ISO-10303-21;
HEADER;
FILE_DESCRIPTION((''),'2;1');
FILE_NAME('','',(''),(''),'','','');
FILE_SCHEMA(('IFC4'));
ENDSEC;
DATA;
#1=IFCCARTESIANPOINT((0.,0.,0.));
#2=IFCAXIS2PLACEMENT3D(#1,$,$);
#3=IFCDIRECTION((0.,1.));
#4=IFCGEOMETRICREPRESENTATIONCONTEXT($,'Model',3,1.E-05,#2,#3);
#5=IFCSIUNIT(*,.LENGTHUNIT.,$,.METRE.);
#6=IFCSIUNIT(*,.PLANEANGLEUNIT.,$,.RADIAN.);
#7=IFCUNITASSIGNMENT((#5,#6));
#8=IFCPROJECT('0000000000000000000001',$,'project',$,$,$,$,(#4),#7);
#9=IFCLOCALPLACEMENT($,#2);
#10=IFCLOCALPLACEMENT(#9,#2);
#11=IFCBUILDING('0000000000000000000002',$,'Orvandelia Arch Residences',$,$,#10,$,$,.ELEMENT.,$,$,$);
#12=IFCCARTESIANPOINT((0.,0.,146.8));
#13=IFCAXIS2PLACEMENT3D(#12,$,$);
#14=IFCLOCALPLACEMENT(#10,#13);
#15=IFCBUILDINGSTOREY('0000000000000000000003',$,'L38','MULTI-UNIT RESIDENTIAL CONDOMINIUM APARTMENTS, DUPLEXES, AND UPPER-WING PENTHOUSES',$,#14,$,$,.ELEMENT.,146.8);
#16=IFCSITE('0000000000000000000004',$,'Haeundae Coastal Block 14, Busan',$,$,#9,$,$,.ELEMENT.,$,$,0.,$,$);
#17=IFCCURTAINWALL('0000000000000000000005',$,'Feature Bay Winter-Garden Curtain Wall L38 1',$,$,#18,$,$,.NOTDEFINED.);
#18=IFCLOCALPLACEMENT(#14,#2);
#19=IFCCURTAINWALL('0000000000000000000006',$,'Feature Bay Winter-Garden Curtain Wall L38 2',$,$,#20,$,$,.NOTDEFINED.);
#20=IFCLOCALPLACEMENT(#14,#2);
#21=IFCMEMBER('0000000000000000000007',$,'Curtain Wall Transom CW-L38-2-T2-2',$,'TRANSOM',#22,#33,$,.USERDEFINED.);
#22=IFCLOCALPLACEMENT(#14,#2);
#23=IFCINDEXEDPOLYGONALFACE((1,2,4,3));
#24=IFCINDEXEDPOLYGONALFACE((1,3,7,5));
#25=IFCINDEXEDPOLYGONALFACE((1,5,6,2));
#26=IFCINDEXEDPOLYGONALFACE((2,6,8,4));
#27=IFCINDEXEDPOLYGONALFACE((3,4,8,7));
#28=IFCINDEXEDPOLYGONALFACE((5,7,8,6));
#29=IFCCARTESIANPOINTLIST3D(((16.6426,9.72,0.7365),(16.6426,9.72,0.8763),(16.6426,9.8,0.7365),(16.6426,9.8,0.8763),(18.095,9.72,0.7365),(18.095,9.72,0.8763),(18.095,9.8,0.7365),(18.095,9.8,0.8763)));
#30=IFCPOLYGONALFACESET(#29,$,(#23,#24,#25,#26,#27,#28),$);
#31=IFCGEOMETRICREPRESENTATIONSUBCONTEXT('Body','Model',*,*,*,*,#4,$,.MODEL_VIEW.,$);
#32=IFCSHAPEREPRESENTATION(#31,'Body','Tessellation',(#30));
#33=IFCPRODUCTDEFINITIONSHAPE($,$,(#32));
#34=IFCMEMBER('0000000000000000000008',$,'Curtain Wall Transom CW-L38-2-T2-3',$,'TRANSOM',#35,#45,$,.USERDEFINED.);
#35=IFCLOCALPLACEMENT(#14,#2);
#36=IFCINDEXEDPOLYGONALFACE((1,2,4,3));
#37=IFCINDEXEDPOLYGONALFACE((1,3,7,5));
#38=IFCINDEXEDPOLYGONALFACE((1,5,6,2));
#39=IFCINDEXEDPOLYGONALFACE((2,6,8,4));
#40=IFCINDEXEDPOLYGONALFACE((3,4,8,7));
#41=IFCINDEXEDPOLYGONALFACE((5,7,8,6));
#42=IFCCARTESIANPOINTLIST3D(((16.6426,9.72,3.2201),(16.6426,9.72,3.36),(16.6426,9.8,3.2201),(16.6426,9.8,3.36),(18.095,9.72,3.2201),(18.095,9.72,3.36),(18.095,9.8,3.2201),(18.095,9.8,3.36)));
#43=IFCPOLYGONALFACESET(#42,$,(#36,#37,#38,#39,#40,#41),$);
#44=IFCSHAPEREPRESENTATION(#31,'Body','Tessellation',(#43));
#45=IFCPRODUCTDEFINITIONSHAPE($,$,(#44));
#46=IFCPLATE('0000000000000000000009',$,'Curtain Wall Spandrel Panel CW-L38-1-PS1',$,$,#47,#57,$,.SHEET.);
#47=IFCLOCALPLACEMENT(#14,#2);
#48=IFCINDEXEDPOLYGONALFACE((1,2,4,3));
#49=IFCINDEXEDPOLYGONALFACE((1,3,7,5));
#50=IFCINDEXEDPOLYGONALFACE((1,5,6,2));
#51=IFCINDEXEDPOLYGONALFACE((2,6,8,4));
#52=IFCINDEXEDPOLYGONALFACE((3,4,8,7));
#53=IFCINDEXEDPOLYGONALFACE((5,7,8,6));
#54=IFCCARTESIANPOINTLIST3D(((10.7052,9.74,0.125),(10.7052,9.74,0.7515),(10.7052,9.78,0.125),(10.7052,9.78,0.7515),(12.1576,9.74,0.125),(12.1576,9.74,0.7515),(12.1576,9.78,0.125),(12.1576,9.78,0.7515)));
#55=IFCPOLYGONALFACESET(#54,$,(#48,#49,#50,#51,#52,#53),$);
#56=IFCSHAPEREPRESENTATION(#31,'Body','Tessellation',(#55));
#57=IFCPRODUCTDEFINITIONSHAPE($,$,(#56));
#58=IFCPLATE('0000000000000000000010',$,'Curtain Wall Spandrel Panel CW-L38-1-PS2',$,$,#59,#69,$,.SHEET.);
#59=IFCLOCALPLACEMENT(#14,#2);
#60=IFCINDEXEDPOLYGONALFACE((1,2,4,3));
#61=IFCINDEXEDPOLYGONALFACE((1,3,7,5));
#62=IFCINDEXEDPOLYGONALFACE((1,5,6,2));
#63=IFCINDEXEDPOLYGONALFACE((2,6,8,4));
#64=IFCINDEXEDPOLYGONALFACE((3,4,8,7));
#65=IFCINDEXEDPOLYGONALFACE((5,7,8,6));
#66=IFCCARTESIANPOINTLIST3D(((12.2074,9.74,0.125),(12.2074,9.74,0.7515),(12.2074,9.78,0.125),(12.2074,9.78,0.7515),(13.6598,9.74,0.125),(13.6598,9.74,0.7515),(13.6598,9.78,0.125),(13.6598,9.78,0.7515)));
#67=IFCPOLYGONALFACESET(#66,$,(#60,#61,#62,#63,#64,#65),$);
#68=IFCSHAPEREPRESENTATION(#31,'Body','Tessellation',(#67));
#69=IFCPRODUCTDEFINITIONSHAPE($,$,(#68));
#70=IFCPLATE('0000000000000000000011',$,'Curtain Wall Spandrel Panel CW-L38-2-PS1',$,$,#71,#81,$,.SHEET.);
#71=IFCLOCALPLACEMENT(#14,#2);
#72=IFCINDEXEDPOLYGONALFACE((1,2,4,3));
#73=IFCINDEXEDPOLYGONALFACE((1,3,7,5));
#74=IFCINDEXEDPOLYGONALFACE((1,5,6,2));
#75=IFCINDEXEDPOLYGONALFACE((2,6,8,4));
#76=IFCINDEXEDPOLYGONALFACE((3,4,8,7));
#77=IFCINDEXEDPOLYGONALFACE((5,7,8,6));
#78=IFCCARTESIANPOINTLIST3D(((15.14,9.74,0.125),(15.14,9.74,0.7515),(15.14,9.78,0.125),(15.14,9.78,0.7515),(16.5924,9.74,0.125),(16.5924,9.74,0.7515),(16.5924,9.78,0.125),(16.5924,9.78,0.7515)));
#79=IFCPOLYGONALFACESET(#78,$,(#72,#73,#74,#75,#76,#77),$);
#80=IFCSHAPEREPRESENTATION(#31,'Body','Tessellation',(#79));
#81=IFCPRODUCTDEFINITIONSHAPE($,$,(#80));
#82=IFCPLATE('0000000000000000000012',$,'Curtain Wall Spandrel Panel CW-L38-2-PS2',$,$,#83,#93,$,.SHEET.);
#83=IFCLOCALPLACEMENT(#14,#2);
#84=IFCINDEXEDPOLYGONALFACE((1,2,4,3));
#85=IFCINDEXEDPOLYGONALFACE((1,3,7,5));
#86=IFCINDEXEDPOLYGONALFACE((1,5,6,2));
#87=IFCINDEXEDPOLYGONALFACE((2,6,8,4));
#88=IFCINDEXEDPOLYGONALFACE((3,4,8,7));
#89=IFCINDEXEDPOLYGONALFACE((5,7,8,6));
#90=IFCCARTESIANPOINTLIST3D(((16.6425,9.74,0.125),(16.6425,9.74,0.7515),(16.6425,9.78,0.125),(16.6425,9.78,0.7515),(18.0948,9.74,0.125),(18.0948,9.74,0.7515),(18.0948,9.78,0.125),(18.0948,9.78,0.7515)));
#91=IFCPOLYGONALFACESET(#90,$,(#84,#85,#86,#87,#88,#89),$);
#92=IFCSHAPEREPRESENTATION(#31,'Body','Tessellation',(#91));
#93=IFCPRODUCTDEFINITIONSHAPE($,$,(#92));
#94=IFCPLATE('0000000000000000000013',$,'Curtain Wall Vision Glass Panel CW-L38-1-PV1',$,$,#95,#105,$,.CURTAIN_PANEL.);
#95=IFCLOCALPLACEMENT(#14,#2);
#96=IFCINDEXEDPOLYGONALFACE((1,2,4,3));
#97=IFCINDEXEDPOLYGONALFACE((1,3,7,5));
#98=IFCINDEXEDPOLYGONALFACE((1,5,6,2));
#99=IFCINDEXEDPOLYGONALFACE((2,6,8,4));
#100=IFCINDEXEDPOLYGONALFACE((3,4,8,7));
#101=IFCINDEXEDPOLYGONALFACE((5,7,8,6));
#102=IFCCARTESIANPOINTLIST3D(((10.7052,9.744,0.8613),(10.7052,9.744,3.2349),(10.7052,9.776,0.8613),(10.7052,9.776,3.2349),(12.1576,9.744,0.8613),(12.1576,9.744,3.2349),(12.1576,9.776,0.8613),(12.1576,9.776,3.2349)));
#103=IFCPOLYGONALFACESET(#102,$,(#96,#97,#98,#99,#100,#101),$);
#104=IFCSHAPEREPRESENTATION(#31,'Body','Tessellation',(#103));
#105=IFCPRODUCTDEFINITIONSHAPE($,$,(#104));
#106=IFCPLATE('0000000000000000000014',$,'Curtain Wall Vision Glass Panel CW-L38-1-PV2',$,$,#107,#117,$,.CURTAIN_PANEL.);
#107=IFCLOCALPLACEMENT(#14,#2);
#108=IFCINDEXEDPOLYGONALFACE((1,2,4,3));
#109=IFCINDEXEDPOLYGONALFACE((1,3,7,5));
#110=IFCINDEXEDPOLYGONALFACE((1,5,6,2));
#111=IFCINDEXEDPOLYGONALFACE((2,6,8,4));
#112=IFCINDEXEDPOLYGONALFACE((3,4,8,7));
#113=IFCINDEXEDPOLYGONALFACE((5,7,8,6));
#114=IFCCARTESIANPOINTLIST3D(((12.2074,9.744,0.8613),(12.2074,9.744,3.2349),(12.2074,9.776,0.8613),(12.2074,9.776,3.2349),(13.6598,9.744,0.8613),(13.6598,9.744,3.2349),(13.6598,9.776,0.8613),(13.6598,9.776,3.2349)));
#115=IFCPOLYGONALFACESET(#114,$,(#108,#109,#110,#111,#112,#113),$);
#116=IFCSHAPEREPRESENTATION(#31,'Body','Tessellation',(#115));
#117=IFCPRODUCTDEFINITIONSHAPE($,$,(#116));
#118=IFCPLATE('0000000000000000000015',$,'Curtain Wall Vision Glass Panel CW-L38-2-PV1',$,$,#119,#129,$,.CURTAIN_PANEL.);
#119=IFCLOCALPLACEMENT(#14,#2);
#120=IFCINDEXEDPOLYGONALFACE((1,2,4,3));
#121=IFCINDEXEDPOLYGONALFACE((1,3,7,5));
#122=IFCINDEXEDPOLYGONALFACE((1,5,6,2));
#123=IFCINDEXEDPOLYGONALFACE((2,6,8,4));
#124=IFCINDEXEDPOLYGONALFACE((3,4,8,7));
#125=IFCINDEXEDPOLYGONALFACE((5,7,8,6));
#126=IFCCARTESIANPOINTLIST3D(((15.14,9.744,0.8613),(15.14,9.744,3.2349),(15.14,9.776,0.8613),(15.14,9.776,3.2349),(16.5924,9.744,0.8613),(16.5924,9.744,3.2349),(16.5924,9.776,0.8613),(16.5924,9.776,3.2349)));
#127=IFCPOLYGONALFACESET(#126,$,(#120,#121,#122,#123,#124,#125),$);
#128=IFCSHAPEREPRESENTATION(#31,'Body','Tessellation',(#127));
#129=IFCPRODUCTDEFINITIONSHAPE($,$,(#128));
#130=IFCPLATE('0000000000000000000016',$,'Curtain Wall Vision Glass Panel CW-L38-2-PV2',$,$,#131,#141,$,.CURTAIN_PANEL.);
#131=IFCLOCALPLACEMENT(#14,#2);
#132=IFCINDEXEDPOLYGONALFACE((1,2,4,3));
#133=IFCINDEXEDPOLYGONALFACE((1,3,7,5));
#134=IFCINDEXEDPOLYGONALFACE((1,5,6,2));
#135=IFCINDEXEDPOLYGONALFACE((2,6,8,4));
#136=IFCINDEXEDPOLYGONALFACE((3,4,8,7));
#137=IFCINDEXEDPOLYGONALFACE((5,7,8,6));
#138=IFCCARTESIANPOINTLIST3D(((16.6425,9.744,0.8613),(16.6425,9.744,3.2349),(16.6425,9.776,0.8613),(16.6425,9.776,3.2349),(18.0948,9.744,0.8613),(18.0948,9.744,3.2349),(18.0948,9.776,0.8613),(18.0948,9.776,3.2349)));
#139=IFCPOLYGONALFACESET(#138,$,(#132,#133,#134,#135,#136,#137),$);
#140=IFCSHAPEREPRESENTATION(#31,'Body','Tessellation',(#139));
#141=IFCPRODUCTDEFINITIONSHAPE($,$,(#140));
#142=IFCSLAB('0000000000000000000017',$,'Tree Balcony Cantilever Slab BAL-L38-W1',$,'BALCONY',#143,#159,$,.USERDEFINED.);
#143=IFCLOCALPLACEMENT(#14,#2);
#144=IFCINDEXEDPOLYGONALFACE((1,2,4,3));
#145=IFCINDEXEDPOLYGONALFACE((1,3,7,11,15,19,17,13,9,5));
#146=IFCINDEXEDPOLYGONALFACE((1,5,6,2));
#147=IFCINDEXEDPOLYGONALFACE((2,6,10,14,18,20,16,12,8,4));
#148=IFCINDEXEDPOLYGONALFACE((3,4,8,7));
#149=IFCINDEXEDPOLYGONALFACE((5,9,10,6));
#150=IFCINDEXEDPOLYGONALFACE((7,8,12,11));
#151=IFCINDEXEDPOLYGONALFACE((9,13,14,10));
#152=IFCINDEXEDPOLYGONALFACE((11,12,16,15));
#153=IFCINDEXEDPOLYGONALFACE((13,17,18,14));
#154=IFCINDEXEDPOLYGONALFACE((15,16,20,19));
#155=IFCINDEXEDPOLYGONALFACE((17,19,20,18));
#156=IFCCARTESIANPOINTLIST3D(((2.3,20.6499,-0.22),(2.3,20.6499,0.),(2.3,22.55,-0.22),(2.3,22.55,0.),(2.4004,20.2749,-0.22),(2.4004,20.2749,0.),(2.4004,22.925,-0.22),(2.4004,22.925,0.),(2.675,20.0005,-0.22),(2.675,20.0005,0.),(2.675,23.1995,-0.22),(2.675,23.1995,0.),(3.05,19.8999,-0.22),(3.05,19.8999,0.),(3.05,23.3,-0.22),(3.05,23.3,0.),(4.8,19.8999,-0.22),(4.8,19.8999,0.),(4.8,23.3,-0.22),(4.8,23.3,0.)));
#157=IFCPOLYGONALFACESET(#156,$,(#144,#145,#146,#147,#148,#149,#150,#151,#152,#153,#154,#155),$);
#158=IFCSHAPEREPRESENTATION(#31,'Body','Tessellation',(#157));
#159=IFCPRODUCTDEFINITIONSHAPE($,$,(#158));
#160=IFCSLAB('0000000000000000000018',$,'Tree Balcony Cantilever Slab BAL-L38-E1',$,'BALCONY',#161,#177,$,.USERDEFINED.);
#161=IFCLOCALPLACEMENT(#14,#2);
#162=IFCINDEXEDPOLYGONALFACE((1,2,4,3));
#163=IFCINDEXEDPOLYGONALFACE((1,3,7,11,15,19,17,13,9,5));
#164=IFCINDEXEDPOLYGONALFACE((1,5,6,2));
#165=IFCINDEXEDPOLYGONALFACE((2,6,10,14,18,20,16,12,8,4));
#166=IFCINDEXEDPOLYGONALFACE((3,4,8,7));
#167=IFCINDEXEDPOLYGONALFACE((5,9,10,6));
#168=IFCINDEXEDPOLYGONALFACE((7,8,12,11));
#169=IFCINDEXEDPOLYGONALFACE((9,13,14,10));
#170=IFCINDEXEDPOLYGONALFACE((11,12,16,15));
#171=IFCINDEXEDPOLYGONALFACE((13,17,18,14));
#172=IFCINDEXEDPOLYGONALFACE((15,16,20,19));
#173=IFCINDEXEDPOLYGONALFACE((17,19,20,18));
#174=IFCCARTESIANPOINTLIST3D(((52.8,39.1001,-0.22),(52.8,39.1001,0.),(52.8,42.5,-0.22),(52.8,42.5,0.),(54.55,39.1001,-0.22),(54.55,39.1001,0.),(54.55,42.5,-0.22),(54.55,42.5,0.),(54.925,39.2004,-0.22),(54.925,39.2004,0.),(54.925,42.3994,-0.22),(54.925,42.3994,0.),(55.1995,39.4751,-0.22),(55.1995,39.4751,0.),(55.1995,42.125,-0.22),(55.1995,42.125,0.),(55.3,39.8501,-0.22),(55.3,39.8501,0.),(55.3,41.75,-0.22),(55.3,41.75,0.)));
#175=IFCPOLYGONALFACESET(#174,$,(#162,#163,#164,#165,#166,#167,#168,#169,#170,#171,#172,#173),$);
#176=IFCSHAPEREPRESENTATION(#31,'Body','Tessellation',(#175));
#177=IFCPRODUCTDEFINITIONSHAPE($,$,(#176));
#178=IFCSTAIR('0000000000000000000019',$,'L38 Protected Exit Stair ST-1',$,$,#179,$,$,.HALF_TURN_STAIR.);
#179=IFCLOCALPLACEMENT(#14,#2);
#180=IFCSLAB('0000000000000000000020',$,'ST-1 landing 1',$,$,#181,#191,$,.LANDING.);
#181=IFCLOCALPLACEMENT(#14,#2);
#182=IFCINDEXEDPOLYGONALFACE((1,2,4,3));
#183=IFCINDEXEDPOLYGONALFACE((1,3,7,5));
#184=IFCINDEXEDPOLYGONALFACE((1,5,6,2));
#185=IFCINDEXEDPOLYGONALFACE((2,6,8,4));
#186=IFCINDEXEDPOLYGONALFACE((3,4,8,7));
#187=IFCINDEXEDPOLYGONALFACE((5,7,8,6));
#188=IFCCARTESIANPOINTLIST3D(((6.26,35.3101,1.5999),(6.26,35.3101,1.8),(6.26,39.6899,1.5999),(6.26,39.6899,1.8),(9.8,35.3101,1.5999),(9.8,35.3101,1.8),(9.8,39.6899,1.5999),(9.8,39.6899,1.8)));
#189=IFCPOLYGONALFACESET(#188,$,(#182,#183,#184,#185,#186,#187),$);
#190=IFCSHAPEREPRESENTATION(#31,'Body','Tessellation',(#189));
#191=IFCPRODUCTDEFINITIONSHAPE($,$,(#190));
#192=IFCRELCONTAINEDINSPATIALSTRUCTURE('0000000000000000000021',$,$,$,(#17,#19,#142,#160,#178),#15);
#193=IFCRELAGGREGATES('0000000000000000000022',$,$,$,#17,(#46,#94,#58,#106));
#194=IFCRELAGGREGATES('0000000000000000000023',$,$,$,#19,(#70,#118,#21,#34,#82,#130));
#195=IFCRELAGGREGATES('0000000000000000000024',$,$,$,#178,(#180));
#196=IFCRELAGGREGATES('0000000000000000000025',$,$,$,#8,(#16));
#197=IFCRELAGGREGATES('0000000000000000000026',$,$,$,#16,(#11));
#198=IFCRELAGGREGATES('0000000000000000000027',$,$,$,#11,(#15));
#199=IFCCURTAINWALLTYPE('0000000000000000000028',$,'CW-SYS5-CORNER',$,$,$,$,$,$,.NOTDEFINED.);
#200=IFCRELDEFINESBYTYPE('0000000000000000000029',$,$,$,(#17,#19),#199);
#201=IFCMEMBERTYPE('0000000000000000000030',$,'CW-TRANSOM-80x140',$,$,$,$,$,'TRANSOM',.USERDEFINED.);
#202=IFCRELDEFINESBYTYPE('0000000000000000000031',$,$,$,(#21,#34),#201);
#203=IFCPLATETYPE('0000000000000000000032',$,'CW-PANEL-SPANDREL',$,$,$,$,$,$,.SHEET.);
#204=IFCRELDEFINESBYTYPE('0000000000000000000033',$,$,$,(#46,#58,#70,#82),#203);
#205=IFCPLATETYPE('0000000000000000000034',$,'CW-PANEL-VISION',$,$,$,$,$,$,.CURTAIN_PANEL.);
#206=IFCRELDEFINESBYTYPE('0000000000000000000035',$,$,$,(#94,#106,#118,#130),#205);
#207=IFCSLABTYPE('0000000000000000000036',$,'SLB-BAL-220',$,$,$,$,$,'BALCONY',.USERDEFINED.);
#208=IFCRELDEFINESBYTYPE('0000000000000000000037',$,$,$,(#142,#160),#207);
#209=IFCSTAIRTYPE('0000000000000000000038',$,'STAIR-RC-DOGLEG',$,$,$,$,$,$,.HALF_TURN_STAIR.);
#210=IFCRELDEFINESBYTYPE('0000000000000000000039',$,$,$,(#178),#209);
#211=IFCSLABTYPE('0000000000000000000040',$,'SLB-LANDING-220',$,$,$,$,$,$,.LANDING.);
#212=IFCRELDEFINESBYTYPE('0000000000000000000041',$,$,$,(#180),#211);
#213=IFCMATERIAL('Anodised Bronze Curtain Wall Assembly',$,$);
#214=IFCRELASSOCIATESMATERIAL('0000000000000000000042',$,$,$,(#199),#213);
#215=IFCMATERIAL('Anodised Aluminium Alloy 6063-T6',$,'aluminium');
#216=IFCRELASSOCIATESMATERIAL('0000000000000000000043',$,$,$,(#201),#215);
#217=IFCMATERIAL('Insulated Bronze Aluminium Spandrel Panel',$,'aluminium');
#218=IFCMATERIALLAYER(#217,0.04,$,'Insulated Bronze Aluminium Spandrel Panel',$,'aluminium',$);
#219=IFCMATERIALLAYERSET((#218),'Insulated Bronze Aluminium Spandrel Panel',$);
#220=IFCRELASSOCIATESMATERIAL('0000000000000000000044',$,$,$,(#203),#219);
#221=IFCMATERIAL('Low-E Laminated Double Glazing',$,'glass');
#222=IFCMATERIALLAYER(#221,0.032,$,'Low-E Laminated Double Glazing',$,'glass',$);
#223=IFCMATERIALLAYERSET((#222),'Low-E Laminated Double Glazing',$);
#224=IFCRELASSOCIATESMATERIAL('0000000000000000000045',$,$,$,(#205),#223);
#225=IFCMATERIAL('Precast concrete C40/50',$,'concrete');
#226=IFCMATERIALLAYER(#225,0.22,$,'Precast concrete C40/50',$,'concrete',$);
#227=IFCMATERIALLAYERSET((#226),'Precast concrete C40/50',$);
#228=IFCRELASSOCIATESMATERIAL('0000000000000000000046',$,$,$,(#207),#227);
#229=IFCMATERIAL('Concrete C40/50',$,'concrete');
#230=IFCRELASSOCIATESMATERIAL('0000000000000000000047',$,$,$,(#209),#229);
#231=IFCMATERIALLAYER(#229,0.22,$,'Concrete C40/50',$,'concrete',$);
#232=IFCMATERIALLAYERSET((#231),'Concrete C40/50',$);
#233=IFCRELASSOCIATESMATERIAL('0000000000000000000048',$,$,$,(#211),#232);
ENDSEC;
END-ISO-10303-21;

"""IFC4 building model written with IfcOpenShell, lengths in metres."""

from ifc_helpers import new_model, si_unit, direction, frame, origin, origin_2d, place, context, subcontext, project, spatial, polyline, rectangle, outline, extrude, material, layer, layer_set, material_profile, profile_set, type_object, element, aggregate, save


model = new_model("IFC4")

# Units and contexts
model_context = context("Model", 3, precision=1e-05, world=origin(), true_north=direction((0.0, 1.0)))
body_context = subcontext(model_context, "Body", "Model", "MODEL_VIEW")
ifc_project = project(units=[si_unit("LENGTHUNIT", "METRE"), si_unit("PLANEANGLEUNIT", "RADIAN")], contexts=[model_context])

# Site, building, storey
site_placement = place(None, origin())
site = spatial("IfcSite", under=ifc_project, at=site_placement, Name="Haeundae Coastal Block 14, Busan", CompositionType="ELEMENT", RefElevation=0.0)
building_placement = place(site_placement, origin())
building = spatial("IfcBuilding", under=site, at=building_placement, Name="Orvandelia Arch Residences", CompositionType="ELEMENT")
storey_placement = place(building_placement, frame((0.0, 0.0, 146.8)))
storey = spatial("IfcBuildingStorey", under=building, at=storey_placement, Name="L38", Description="MULTI-UNIT RESIDENTIAL CONDOMINIUM APARTMENTS, DUPLEXES, AND UPPER-WING PENTHOUSES", CompositionType="ELEMENT", Elevation=146.8)

# Curtain walls
ifc_material_1 = material(Name="Anodised Bronze Curtain Wall Assembly")
curtain_wall_type = type_object("IfcCurtainWallType", Name="CW-SYS5-CORNER", PredefinedType="NOTDEFINED", material=ifc_material_1)
curtain_wall_1_placement = place(storey_placement, origin())
curtain_wall_1 = element("IfcCurtainWall", 1, at=curtain_wall_1_placement, inside=storey, type_object=curtain_wall_type, Name="Feature Bay Winter-Garden Curtain Wall L38 1", PredefinedType="NOTDEFINED")
ifc_material_2 = material(Name="Anodised Aluminium Alloy 6063-T6", Category="aluminium")
curtain_wall_2_placement = place(storey_placement, origin())
curtain_wall_2 = element("IfcCurtainWall", 2, at=curtain_wall_2_placement, inside=storey, type_object=curtain_wall_type, Name="Feature Bay Winter-Garden Curtain Wall L38 2", PredefinedType="NOTDEFINED")

# Members
ifc_material_profile_1 = material_profile(ifc_material_2, rectangle(XDim=0.0801, YDim=0.1399, at=origin_2d()), Name="Anodised Aluminium Alloy 6063-T6", Category="aluminium")
ifc_profile_set_1 = profile_set([ifc_material_profile_1], Name="Anodised Aluminium Alloy 6063-T6")
member_type_1 = type_object("IfcMemberType", Name="CW-TRANSOM-80x140", ElementType="TRANSOM", PredefinedType="USERDEFINED", material=ifc_profile_set_1)
member_1_placement = place(storey_placement, frame((16.6426, 9.76, 0.8064), z_axis=(1.0, 0.0, 0.0), x_axis=(0.0, 1.0, 0.0)))
member_1 = element("IfcMember", 3, at=member_1_placement, type_object=member_type_1, Name="Curtain Wall Transom CW-L38-2-T2-2", ObjectType="TRANSOM", PredefinedType="USERDEFINED", context=body_context, shape_type="SweptSolid", body=[
    extrude(rectangle(XDim=0.0801, YDim=0.1399, at=origin_2d()), origin(), (0.0, 0.0, 1.0), 1.4524),
])
member_2_placement = place(storey_placement, frame((16.6426, 9.76, 3.29), z_axis=(1.0, 0.0, 0.0), x_axis=(0.0, 1.0, 0.0)))
member_2 = element("IfcMember", 4, at=member_2_placement, type_object=member_type_1, Name="Curtain Wall Transom CW-L38-2-T2-3", ObjectType="TRANSOM", PredefinedType="USERDEFINED", context=body_context, shape_type="SweptSolid", body=[
    extrude(rectangle(XDim=0.0801, YDim=0.1399, at=origin_2d()), origin(), (0.0, 0.0, 1.0), 1.4524),
])

# Plates
ifc_material_3 = material(Name="Insulated Bronze Aluminium Spandrel Panel", Category="aluminium")
ifc_layer_1 = layer(ifc_material_3, 0.04, Name="Insulated Bronze Aluminium Spandrel Panel", Category="aluminium")
ifc_layer_set_1 = layer_set([ifc_layer_1], Name="Insulated Bronze Aluminium Spandrel Panel")
plate_type_1 = type_object("IfcPlateType", Name="CW-PANEL-SPANDREL", PredefinedType="SHEET", material=ifc_layer_set_1)
plate_1_placement = place(storey_placement, frame((11.4314, 9.76, 0.125), z_axis=(0.0, 0.0, 1.0), x_axis=(1.0, 0.0, 0.0)))
plate_1 = element("IfcPlate", 5, at=plate_1_placement, type_object=plate_type_1, Name="Curtain Wall Spandrel Panel CW-L38-1-PS1", PredefinedType="SHEET", context=body_context, shape_type="SweptSolid", body=[
    extrude(rectangle(XDim=1.4524, YDim=0.04, at=origin_2d()), origin(), (0.0, 0.0, 1.0), 0.6265),
])
plate_2_placement = place(storey_placement, frame((12.9336, 9.76, 0.125), z_axis=(0.0, 0.0, 1.0), x_axis=(1.0, 0.0, 0.0)))
plate_2 = element("IfcPlate", 6, at=plate_2_placement, type_object=plate_type_1, Name="Curtain Wall Spandrel Panel CW-L38-1-PS2", PredefinedType="SHEET", context=body_context, shape_type="SweptSolid", body=[
    extrude(rectangle(XDim=1.4524, YDim=0.04, at=origin_2d()), origin(), (0.0, 0.0, 1.0), 0.6265),
])
plate_3_placement = place(storey_placement, frame((15.8662, 9.76, 0.125), z_axis=(0.0, 0.0, 1.0), x_axis=(1.0, 0.0, 0.0)))
plate_3 = element("IfcPlate", 7, at=plate_3_placement, type_object=plate_type_1, Name="Curtain Wall Spandrel Panel CW-L38-2-PS1", PredefinedType="SHEET", context=body_context, shape_type="SweptSolid", body=[
    extrude(rectangle(XDim=1.4524, YDim=0.04, at=origin_2d()), origin(), (0.0, 0.0, 1.0), 0.6265),
])
plate_4_placement = place(storey_placement, frame((17.3687, 9.76, 0.125), z_axis=(0.0, 0.0, 1.0), x_axis=(1.0, 0.0, 0.0)))
plate_4 = element("IfcPlate", 8, at=plate_4_placement, type_object=plate_type_1, Name="Curtain Wall Spandrel Panel CW-L38-2-PS2", PredefinedType="SHEET", context=body_context, shape_type="SweptSolid", body=[
    extrude(rectangle(XDim=1.4524, YDim=0.04, at=origin_2d()), origin(), (0.0, 0.0, 1.0), 0.6265),
])
ifc_material_4 = material(Name="Low-E Laminated Double Glazing", Category="glass")
ifc_layer_2 = layer(ifc_material_4, 0.032, Name="Low-E Laminated Double Glazing", Category="glass")
ifc_layer_set_2 = layer_set([ifc_layer_2], Name="Low-E Laminated Double Glazing")
plate_type_2 = type_object("IfcPlateType", Name="CW-PANEL-VISION", PredefinedType="CURTAIN_PANEL", material=ifc_layer_set_2)
plate_5_placement = place(storey_placement, frame((11.4314, 9.76, 0.8613), z_axis=(0.0, 0.0, 1.0), x_axis=(1.0, 0.0, 0.0)))
plate_5 = element("IfcPlate", 9, at=plate_5_placement, type_object=plate_type_2, Name="Curtain Wall Vision Glass Panel CW-L38-1-PV1", PredefinedType="CURTAIN_PANEL", context=body_context, shape_type="SweptSolid", body=[
    extrude(rectangle(XDim=1.4524, YDim=0.032, at=origin_2d()), origin(), (0.0, 0.0, 1.0), 2.3735),
])
plate_6_placement = place(storey_placement, frame((12.9336, 9.76, 0.8613), z_axis=(0.0, 0.0, 1.0), x_axis=(1.0, 0.0, 0.0)))
plate_6 = element("IfcPlate", 10, at=plate_6_placement, type_object=plate_type_2, Name="Curtain Wall Vision Glass Panel CW-L38-1-PV2", PredefinedType="CURTAIN_PANEL", context=body_context, shape_type="SweptSolid", body=[
    extrude(rectangle(XDim=1.4524, YDim=0.032, at=origin_2d()), origin(), (0.0, 0.0, 1.0), 2.3735),
])
aggregate(curtain_wall_1, [plate_1, plate_5, plate_2, plate_6])
plate_7_placement = place(storey_placement, frame((15.8662, 9.76, 0.8613), z_axis=(0.0, 0.0, 1.0), x_axis=(1.0, 0.0, 0.0)))
plate_7 = element("IfcPlate", 11, at=plate_7_placement, type_object=plate_type_2, Name="Curtain Wall Vision Glass Panel CW-L38-2-PV1", PredefinedType="CURTAIN_PANEL", context=body_context, shape_type="SweptSolid", body=[
    extrude(rectangle(XDim=1.4524, YDim=0.032, at=origin_2d()), origin(), (0.0, 0.0, 1.0), 2.3735),
])
plate_8_placement = place(storey_placement, frame((17.3687, 9.76, 0.8613), z_axis=(0.0, 0.0, 1.0), x_axis=(1.0, 0.0, 0.0)))
plate_8 = element("IfcPlate", 12, at=plate_8_placement, type_object=plate_type_2, Name="Curtain Wall Vision Glass Panel CW-L38-2-PV2", PredefinedType="CURTAIN_PANEL", context=body_context, shape_type="SweptSolid", body=[
    extrude(rectangle(XDim=1.4524, YDim=0.032, at=origin_2d()), origin(), (0.0, 0.0, 1.0), 2.3735),
])
aggregate(curtain_wall_2, [plate_3, plate_7, member_1, member_2, plate_4, plate_8])

# Slabs
ifc_material_5 = material(Name="Precast concrete C40/50", Category="concrete")
ifc_layer_3 = layer(ifc_material_5, 0.22, Name="Precast concrete C40/50", Category="concrete")
ifc_layer_set_3 = layer_set([ifc_layer_3], Name="Precast concrete C40/50")
slab_type_1 = type_object("IfcSlabType", Name="SLB-BAL-220", ElementType="BALCONY", PredefinedType="USERDEFINED", material=ifc_layer_set_3)
slab_1_placement = place(storey_placement, frame((0.0, 0.0, -0.22)))
element("IfcSlab", 13, at=slab_1_placement, inside=storey, type_object=slab_type_1, Name="Tree Balcony Cantilever Slab BAL-L38-W1", ObjectType="BALCONY", PredefinedType="USERDEFINED", context=body_context, shape_type="SweptSolid", body=[
    extrude(outline(polyline([(4.8, 19.8999), (4.8, 23.3), (3.05, 23.3), (2.675, 23.1995), (2.4004, 22.925), (2.3, 22.55), (2.3, 20.6499), (2.4004, 20.2749), (2.675, 20.0005), (3.05, 19.8999), (4.8, 19.8999)])), origin(), (0.0, 0.0, 1.0), 0.22),
])
slab_2_placement = place(storey_placement, frame((0.0, 0.0, -0.22)))
element("IfcSlab", 14, at=slab_2_placement, inside=storey, type_object=slab_type_1, Name="Tree Balcony Cantilever Slab BAL-L38-E1", ObjectType="BALCONY", PredefinedType="USERDEFINED", context=body_context, shape_type="SweptSolid", body=[
    extrude(outline(polyline([(52.8, 42.5), (52.8, 39.1001), (54.55, 39.1001), (54.925, 39.2004), (55.1995, 39.4751), (55.3, 39.8501), (55.3, 41.75), (55.1995, 42.125), (54.925, 42.3994), (54.55, 42.5), (52.8, 42.5)])), origin(), (0.0, 0.0, 1.0), 0.22),
])

# Stair, slab
ifc_material_6 = material(Name="Concrete C40/50", Category="concrete")
stair_type = type_object("IfcStairType", Name="STAIR-RC-DOGLEG", PredefinedType="HALF_TURN_STAIR", material=ifc_material_6)
stair_1_placement = place(storey_placement, origin())
stair_1 = element("IfcStair", 15, at=stair_1_placement, inside=storey, type_object=stair_type, Name="L38 Protected Exit Stair ST-1", PredefinedType="HALF_TURN_STAIR")
ifc_layer_4 = layer(ifc_material_6, 0.22, Name="Concrete C40/50", Category="concrete")
ifc_layer_set_4 = layer_set([ifc_layer_4], Name="Concrete C40/50")
slab_type_2 = type_object("IfcSlabType", Name="SLB-LANDING-220", PredefinedType="LANDING", material=ifc_layer_set_4)
slab_3_placement = place(storey_placement, frame((0.0, 0.0, 1.5999)))
slab_3 = element("IfcSlab", 16, at=slab_3_placement, type_object=slab_type_2, Name="ST-1 landing 1", PredefinedType="LANDING", context=body_context, shape_type="SweptSolid", body=[
    extrude(outline(polyline([(9.8, 35.3101), (9.8, 39.6899), (6.26, 39.6899), (6.26, 35.3101), (9.8, 35.3101)])), origin(), (0.0, 0.0, 1.0), 0.2002),
])
aggregate(stair_1, [slab_3])

save(model, "model.ifc")
